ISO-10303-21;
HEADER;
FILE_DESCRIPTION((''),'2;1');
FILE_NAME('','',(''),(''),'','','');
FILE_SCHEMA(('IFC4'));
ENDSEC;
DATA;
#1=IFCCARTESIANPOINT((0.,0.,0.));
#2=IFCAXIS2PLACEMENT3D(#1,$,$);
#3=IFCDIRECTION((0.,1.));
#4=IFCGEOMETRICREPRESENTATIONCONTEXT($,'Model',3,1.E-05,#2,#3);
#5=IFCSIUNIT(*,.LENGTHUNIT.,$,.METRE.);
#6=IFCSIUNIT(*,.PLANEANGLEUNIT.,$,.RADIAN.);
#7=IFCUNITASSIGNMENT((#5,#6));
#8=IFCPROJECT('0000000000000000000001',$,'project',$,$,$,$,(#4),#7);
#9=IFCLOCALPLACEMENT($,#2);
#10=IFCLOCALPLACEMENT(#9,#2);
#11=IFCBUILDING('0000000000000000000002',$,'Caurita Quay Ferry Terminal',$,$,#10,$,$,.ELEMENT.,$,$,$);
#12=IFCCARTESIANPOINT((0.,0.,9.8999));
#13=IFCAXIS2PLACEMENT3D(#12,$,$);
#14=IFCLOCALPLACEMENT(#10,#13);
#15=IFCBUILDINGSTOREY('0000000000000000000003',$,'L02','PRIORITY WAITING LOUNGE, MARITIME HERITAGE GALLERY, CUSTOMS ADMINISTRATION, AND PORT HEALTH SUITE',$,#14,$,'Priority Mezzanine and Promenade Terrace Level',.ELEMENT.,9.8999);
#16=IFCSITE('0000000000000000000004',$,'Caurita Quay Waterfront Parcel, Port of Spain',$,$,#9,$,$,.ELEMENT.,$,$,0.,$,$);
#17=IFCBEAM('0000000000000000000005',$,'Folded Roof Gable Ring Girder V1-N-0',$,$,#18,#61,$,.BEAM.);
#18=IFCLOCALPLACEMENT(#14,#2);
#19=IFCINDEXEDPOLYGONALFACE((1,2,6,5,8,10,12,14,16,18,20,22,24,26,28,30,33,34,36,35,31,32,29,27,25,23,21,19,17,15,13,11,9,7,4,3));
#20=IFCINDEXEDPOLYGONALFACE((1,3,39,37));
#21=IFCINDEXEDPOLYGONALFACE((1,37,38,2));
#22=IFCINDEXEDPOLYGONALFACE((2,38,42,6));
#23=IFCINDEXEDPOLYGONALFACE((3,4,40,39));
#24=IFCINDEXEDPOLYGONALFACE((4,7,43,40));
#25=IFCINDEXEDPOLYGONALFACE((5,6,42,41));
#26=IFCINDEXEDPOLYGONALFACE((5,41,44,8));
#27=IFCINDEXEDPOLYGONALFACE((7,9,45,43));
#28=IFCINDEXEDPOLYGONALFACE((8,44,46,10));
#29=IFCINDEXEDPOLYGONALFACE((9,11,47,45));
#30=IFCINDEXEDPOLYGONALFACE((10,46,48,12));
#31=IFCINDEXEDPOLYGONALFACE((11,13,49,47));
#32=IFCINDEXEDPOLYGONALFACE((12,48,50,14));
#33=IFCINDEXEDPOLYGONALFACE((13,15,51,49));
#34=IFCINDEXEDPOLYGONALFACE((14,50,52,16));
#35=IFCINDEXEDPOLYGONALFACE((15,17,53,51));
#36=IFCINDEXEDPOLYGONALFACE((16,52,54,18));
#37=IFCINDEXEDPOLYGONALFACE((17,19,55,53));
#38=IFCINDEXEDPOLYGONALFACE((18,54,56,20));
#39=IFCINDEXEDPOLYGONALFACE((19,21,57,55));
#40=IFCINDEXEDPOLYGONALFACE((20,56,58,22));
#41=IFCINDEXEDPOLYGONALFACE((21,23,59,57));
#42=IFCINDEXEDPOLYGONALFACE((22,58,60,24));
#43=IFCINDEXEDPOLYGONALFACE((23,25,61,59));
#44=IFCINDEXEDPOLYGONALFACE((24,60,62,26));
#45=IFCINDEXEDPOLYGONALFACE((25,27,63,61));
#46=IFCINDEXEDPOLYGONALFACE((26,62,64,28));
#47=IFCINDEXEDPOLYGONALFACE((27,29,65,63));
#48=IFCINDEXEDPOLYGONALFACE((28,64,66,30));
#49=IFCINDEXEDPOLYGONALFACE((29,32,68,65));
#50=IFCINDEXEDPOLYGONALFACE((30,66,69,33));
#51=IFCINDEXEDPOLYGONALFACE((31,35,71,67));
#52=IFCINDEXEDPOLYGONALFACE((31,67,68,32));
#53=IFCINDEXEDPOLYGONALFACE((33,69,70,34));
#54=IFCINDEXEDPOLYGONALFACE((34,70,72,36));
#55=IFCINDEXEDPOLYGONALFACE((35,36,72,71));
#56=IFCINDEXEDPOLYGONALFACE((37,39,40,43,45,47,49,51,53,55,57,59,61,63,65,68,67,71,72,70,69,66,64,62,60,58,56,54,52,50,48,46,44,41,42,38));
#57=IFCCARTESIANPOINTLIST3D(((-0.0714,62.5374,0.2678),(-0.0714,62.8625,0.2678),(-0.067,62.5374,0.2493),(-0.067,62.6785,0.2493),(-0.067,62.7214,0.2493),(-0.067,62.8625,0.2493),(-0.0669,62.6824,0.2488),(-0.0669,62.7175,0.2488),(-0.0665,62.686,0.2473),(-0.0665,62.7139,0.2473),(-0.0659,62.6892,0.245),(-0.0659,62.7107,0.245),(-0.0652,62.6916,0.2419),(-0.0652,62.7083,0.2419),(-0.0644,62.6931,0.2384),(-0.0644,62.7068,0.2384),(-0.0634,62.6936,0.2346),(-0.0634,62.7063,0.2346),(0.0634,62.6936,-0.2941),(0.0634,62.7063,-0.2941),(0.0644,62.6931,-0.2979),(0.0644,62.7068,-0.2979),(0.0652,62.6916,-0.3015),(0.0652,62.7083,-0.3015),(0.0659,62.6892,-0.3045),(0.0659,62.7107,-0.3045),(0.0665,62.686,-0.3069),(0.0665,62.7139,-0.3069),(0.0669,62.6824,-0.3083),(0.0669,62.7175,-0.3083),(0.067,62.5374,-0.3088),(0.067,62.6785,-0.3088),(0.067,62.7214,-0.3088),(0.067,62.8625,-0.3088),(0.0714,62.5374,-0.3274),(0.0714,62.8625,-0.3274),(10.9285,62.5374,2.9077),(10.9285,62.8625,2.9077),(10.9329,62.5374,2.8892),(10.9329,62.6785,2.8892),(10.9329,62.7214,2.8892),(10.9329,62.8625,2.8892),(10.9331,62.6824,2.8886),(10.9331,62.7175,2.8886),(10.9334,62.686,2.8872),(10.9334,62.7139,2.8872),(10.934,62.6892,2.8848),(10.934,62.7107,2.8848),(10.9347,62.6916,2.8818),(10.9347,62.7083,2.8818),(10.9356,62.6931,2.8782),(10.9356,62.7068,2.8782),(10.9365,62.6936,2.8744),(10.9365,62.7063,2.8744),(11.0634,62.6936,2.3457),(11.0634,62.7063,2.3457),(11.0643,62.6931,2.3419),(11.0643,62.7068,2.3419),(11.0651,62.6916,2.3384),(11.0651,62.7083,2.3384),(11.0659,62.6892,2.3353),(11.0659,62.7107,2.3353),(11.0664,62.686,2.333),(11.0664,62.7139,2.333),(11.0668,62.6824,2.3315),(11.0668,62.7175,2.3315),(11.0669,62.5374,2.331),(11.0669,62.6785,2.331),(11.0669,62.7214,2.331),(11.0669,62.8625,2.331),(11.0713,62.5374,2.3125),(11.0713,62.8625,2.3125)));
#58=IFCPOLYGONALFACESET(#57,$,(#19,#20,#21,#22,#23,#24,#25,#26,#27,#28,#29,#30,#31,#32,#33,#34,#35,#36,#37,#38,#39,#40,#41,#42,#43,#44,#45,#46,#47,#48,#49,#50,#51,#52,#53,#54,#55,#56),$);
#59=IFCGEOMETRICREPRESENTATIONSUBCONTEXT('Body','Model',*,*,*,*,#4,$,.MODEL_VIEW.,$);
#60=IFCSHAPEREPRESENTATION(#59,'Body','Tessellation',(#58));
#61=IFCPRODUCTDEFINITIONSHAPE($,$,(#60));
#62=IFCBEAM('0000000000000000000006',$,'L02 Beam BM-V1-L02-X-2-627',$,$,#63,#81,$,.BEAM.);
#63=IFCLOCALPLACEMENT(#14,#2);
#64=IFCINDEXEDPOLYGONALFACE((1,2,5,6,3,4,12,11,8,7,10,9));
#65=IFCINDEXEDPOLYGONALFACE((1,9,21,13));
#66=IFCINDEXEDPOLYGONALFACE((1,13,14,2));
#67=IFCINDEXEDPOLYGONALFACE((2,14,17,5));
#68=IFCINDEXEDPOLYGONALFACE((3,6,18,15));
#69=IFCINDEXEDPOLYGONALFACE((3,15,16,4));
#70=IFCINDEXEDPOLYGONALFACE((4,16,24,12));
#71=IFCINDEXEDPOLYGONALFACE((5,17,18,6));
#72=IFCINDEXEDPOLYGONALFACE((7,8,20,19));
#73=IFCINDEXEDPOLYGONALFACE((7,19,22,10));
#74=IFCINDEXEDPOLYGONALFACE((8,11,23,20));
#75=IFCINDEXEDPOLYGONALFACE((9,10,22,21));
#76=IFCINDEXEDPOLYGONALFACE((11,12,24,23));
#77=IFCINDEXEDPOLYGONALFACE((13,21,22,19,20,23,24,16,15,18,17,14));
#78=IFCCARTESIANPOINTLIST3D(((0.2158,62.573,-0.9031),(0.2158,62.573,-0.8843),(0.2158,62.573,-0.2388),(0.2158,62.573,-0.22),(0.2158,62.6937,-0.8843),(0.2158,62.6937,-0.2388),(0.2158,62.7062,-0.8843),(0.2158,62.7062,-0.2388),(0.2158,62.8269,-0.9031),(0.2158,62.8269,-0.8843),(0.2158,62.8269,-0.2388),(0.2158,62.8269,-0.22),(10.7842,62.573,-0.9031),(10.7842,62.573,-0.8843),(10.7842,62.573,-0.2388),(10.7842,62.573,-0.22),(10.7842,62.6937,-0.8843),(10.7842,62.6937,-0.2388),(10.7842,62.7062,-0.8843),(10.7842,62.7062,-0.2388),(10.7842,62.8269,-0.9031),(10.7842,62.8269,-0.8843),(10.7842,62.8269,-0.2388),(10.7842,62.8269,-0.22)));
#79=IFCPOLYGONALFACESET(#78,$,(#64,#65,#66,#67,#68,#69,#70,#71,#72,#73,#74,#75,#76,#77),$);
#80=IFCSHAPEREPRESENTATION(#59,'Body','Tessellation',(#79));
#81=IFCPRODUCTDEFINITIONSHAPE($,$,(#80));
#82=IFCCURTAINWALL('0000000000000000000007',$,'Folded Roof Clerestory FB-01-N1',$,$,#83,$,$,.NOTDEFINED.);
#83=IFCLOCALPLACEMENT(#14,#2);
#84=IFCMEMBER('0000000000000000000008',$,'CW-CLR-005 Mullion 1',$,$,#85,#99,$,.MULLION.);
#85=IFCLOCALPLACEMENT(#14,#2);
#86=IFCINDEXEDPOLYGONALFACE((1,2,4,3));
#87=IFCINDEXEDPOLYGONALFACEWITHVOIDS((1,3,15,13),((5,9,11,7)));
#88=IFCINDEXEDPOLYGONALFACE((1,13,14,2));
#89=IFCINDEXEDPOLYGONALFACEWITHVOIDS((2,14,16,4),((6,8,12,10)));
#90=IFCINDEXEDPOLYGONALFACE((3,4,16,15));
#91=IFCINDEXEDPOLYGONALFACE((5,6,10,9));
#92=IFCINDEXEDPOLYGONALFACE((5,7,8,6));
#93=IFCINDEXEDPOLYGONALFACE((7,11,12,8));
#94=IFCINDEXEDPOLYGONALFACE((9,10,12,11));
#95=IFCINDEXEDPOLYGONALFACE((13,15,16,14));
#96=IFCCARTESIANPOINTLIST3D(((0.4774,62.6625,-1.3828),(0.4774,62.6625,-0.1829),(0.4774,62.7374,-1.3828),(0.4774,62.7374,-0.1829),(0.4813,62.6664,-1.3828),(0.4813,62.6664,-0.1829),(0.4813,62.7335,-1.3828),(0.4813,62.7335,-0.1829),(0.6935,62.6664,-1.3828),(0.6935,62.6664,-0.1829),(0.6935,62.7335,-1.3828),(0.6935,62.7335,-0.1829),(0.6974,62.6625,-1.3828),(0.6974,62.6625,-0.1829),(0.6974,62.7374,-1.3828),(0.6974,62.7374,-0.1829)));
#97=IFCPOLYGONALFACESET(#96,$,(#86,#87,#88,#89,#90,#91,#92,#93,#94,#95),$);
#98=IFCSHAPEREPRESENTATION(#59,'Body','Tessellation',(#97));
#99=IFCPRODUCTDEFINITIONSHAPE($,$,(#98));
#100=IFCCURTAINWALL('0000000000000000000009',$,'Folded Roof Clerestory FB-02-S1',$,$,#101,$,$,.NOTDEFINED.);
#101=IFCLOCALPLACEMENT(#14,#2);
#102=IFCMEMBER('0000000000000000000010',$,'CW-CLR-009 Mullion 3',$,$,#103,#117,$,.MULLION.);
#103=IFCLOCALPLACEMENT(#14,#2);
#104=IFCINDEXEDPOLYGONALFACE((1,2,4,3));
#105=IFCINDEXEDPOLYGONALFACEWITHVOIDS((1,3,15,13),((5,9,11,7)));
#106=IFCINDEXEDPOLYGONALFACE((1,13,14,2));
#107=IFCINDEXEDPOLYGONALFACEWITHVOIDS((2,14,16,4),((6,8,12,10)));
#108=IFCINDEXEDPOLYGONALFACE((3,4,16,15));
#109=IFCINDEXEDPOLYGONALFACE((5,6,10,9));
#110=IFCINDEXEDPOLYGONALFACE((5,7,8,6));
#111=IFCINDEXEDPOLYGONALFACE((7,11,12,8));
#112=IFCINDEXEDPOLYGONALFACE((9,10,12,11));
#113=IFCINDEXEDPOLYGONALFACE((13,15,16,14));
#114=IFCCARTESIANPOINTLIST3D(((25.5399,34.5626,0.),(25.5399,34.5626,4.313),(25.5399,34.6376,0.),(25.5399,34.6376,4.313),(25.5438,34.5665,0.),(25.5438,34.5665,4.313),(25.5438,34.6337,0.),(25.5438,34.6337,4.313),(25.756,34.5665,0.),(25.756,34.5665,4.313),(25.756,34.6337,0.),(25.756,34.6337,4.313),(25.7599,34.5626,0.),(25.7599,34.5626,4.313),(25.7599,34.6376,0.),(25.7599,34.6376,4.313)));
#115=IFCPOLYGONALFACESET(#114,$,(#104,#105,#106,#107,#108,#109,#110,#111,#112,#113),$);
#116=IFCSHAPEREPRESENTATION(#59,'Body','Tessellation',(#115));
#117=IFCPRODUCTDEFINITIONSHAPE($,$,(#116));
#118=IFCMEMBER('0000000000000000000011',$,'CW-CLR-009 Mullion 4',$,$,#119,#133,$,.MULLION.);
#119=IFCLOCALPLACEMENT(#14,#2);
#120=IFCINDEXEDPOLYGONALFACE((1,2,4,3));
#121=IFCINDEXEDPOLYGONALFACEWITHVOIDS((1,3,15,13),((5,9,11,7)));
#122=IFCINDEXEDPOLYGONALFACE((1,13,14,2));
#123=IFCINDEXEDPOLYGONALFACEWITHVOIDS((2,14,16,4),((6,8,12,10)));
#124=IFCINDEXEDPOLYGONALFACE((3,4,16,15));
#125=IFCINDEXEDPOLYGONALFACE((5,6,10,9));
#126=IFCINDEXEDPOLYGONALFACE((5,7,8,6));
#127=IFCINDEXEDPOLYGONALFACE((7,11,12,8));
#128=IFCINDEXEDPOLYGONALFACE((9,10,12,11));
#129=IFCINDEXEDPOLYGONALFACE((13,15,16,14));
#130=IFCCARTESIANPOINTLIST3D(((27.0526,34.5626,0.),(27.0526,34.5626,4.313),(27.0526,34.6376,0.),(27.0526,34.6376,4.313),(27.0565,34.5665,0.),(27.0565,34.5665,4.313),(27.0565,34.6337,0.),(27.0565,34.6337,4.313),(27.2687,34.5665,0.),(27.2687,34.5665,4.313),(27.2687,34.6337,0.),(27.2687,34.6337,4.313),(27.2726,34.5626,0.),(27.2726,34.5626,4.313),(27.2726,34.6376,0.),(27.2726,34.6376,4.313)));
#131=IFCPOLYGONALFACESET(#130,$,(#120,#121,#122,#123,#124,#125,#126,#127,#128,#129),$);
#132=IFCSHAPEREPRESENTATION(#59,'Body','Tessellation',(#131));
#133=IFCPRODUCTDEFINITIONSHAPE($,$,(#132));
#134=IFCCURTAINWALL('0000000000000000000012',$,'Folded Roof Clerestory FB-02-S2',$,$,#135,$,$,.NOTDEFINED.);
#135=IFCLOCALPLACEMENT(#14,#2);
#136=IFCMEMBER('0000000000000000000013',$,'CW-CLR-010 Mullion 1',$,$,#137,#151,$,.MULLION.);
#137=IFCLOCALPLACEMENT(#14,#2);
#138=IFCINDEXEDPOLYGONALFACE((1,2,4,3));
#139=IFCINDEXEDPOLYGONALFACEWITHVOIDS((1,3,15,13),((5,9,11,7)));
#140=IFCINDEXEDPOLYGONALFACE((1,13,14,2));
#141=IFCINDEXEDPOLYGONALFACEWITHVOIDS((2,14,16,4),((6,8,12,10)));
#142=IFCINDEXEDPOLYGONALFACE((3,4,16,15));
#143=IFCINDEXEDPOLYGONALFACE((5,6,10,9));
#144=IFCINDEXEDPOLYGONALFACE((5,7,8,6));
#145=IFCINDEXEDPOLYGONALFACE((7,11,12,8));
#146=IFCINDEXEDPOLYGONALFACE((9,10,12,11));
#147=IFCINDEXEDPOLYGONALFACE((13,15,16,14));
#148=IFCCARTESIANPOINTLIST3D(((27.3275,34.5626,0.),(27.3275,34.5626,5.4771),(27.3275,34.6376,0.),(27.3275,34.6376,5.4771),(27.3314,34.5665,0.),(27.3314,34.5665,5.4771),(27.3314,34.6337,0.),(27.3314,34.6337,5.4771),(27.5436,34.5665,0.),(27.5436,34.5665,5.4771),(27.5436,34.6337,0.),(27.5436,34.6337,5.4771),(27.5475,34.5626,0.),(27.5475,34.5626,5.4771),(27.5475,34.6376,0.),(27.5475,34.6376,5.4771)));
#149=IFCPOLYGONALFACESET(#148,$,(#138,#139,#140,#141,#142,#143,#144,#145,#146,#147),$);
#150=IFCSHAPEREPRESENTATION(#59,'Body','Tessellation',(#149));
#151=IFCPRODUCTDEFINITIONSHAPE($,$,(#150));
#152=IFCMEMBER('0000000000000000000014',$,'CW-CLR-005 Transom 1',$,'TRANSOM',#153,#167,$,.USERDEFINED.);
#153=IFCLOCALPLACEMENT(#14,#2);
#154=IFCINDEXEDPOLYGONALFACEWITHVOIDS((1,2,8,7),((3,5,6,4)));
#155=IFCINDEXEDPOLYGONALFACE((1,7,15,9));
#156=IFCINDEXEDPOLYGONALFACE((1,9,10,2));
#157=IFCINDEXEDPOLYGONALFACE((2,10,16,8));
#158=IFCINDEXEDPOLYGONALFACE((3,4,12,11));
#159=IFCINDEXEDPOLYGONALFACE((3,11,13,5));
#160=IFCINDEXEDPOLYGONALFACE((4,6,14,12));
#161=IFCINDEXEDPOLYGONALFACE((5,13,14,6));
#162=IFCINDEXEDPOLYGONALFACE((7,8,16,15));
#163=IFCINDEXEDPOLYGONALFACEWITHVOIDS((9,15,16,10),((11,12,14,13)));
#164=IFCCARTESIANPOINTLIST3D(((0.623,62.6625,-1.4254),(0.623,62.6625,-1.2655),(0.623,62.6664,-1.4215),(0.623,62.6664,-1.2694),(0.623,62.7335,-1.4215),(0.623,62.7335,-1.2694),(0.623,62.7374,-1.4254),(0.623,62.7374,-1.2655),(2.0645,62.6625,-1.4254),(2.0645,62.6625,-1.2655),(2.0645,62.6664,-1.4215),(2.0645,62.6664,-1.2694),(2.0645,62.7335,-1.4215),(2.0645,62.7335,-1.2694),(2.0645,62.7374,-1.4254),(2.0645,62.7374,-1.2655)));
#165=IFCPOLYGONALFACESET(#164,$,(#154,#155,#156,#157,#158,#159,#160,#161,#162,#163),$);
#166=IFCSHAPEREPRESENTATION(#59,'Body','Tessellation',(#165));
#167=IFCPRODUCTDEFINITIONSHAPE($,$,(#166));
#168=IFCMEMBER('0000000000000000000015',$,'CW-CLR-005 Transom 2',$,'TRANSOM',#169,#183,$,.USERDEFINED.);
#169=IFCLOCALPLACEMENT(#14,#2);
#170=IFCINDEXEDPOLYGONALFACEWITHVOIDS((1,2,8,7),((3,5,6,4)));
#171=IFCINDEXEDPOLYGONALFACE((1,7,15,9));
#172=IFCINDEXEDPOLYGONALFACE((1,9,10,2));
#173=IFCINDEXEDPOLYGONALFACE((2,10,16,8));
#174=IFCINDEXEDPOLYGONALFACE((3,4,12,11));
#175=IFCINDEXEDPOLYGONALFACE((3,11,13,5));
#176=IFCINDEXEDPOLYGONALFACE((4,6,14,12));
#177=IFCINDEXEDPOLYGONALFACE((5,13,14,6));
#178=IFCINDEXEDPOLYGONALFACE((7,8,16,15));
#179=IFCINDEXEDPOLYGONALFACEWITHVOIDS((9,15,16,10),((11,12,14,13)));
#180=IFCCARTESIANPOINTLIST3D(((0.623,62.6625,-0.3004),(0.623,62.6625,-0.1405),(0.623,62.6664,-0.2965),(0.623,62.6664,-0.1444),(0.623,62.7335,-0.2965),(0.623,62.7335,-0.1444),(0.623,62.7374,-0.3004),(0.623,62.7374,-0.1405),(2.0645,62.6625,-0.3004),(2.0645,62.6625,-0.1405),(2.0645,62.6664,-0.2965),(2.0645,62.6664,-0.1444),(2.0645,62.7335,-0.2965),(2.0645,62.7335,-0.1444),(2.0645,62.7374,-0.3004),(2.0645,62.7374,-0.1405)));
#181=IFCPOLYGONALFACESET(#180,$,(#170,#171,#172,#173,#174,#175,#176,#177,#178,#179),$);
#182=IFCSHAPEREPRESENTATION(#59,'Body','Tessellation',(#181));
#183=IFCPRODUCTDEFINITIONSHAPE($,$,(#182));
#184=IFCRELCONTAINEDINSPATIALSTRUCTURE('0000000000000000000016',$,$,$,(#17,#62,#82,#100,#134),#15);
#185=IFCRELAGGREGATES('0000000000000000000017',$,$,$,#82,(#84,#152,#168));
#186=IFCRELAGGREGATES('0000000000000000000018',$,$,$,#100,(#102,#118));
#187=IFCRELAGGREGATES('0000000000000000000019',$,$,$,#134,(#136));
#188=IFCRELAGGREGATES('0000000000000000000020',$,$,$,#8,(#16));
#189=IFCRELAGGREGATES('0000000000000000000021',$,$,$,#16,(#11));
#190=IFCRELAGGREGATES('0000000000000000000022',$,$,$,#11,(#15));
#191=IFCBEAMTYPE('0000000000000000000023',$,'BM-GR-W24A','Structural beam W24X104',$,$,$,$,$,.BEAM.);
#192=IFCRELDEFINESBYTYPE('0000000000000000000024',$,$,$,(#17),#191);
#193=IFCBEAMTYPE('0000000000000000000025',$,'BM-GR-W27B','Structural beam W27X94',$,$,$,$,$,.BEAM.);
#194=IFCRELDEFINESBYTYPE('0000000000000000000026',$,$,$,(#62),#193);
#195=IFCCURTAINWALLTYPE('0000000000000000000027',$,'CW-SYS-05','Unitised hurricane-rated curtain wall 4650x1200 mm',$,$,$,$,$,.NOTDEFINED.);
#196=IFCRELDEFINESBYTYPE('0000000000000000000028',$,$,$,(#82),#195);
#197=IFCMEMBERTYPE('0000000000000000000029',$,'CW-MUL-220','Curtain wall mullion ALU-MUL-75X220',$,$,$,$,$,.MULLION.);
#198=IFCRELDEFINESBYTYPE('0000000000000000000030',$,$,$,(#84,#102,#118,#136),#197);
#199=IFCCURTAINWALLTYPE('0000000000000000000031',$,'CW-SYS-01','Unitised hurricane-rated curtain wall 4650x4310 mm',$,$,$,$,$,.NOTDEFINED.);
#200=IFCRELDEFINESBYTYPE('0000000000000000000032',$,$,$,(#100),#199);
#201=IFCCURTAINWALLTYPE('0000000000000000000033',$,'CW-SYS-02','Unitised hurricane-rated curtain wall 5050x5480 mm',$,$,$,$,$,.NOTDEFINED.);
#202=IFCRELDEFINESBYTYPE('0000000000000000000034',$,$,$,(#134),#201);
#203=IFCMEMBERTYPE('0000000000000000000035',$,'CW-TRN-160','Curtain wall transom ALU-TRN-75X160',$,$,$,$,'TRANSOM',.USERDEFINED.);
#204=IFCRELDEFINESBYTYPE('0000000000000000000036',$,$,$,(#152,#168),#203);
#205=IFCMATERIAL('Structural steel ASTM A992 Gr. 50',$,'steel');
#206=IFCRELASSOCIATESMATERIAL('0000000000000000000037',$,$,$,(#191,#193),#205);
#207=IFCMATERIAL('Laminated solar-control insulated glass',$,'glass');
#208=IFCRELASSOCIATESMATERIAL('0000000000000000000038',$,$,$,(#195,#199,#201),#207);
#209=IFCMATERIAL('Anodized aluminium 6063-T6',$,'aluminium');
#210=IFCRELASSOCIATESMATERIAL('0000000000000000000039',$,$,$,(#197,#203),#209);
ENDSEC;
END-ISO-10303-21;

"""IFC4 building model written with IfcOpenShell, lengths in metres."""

from ifc_helpers import new_model, si_unit, direction, frame, origin, origin_2d, place, context, subcontext, project, spatial, hollow_rectangle, i_section, extrude, material, material_profile, profile_set, type_object, element, aggregate, save


model = new_model("IFC4")

# Units and contexts
model_context = context("Model", 3, precision=1e-05, world=origin(), true_north=direction((0.0, 1.0)))
body_context = subcontext(model_context, "Body", "Model", "MODEL_VIEW")
ifc_project = project(units=[si_unit("LENGTHUNIT", "METRE"), si_unit("PLANEANGLEUNIT", "RADIAN")], contexts=[model_context])

# Site, building, storey
site_placement = place(None, origin())
site = spatial("IfcSite", under=ifc_project, at=site_placement, Name="Caurita Quay Waterfront Parcel, Port of Spain", CompositionType="ELEMENT", RefElevation=0.0)
building_placement = place(site_placement, origin())
building = spatial("IfcBuilding", under=site, at=building_placement, Name="Caurita Quay Ferry Terminal", CompositionType="ELEMENT")
storey_placement = place(building_placement, frame((0.0, 0.0, 9.8999)))
storey = spatial("IfcBuildingStorey", under=building, at=storey_placement, Name="L02", Description="PRIORITY WAITING LOUNGE, MARITIME HERITAGE GALLERY, CUSTOMS ADMINISTRATION, AND PORT HEALTH SUITE", LongName="Priority Mezzanine and Promenade Terrace Level", CompositionType="ELEMENT", Elevation=9.8999)

# Shared definitions
ifc_material_1 = material(Name="Structural steel ASTM A992 Gr. 50", Category="steel")

# Beams
ifc_material_profile_1 = material_profile(ifc_material_1, i_section(OverallWidth=0.3252, OverallDepth=0.6121, WebThickness=0.0127, FlangeThickness=0.019, FilletRadius=0.0151, at=origin_2d()), Name="W24X104")
ifc_profile_set_1 = profile_set([ifc_material_profile_1], Name="Structural steel ASTM A992 Gr. 50")
beam_type_1 = type_object("IfcBeamType", Name="BM-GR-W24A", Description="Structural beam W24X104", PredefinedType="BEAM", material=ifc_profile_set_1)
beam_1_placement = place(storey_placement, frame((0.0, 62.7, -0.0298), z_axis=(0.972389, 0.0, 0.233364), x_axis=(0.0, 1.0, 0.0)))
element("IfcBeam", 1, at=beam_1_placement, inside=storey, type_object=beam_type_1, Name="Folded Roof Gable Ring Girder V1-N-0", PredefinedType="BEAM", context=body_context, shape_type="SweptSolid", body=[
    extrude(i_section(OverallWidth=0.3252, OverallDepth=0.6121, WebThickness=0.0127, FlangeThickness=0.019, FilletRadius=0.0151, at=origin_2d()), origin(), (0.0, 0.0, 1.0), 11.3123),
])
ifc_material_profile_2 = material_profile(ifc_material_1, i_section(OverallWidth=0.2539, OverallDepth=0.6831, WebThickness=0.0125, FlangeThickness=0.0188, at=origin_2d()), Name="W27X94")
ifc_profile_set_2 = profile_set([ifc_material_profile_2], Name="Structural steel ASTM A992 Gr. 50")
beam_type_2 = type_object("IfcBeamType", Name="BM-GR-W27B", Description="Structural beam W27X94", PredefinedType="BEAM", material=ifc_profile_set_2)
beam_2_placement = place(storey_placement, frame((0.2158, 62.7, -0.5615), z_axis=(1.0, 0.0, 0.0), x_axis=(0.0, 1.0, 0.0)))
element("IfcBeam", 2, at=beam_2_placement, inside=storey, type_object=beam_type_2, Name="L02 Beam BM-V1-L02-X-2-627", PredefinedType="BEAM", context=body_context, shape_type="SweptSolid", body=[
    extrude(i_section(OverallWidth=0.2539, OverallDepth=0.6831, WebThickness=0.0125, FlangeThickness=0.0188, at=origin_2d()), origin(), (0.0, 0.0, 1.0), 10.5684),
])

# Curtain wall, member
ifc_material_2 = material(Name="Laminated solar-control insulated glass", Category="glass")
curtain_wall_type_1 = type_object("IfcCurtainWallType", Name="CW-SYS-05", Description="Unitised hurricane-rated curtain wall 4650x1200 mm", PredefinedType="NOTDEFINED", material=ifc_material_2)
curtain_wall_1_placement = place(storey_placement, origin())
curtain_wall_1 = element("IfcCurtainWall", 3, at=curtain_wall_1_placement, inside=storey, type_object=curtain_wall_type_1, Name="Folded Roof Clerestory FB-01-N1", PredefinedType="NOTDEFINED")
ifc_material_3 = material(Name="Anodized aluminium 6063-T6", Category="aluminium")
ifc_material_profile_3 = material_profile(ifc_material_3, hollow_rectangle(XDim=0.075, YDim=0.22, WallThickness=0.0039, at=origin_2d()), Name="ALU-MUL-75X220")
ifc_profile_set_3 = profile_set([ifc_material_profile_3], Name="Anodized aluminium 6063-T6")
member_type_1 = type_object("IfcMemberType", Name="CW-MUL-220", Description="Curtain wall mullion ALU-MUL-75X220", PredefinedType="MULLION", material=ifc_profile_set_3)
member_1_placement = place(storey_placement, frame((0.5874, 62.7, -1.3828), z_axis=(0.0, 0.0, 1.0), x_axis=(0.0, 1.0, 0.0)))
member_1 = element("IfcMember", 4, at=member_1_placement, type_object=member_type_1, Name="CW-CLR-005 Mullion 1", PredefinedType="MULLION", context=body_context, shape_type="SweptSolid", body=[
    extrude(hollow_rectangle(XDim=0.075, YDim=0.22, WallThickness=0.0039, at=origin_2d()), origin(), (0.0, 0.0, 1.0), 1.2),
])

# Curtain wall, members
curtain_wall_type_2 = type_object("IfcCurtainWallType", Name="CW-SYS-01", Description="Unitised hurricane-rated curtain wall 4650x4310 mm", PredefinedType="NOTDEFINED", material=ifc_material_2)
curtain_wall_2_placement = place(storey_placement, origin())
curtain_wall_2 = element("IfcCurtainWall", 5, at=curtain_wall_2_placement, inside=storey, type_object=curtain_wall_type_2, Name="Folded Roof Clerestory FB-02-S1", PredefinedType="NOTDEFINED")
member_2_placement = place(storey_placement, frame((25.6499, 34.6001, 0.0), z_axis=(0.0, 0.0, 1.0), x_axis=(0.0, 1.0, 0.0)))
member_2 = element("IfcMember", 6, at=member_2_placement, type_object=member_type_1, Name="CW-CLR-009 Mullion 3", PredefinedType="MULLION", context=body_context, shape_type="SweptSolid", body=[
    extrude(hollow_rectangle(XDim=0.075, YDim=0.22, WallThickness=0.0039, at=origin_2d()), origin(), (0.0, 0.0, 1.0), 4.313),
])
member_3_placement = place(storey_placement, frame((27.1626, 34.6001, 0.0), z_axis=(0.0, 0.0, 1.0), x_axis=(0.0, 1.0, 0.0)))
member_3 = element("IfcMember", 7, at=member_3_placement, type_object=member_type_1, Name="CW-CLR-009 Mullion 4", PredefinedType="MULLION", context=body_context, shape_type="SweptSolid", body=[
    extrude(hollow_rectangle(XDim=0.075, YDim=0.22, WallThickness=0.0039, at=origin_2d()), origin(), (0.0, 0.0, 1.0), 4.313),
])

# Curtain wall, member
curtain_wall_type_3 = type_object("IfcCurtainWallType", Name="CW-SYS-02", Description="Unitised hurricane-rated curtain wall 5050x5480 mm", PredefinedType="NOTDEFINED", material=ifc_material_2)
curtain_wall_3_placement = place(storey_placement, origin())
curtain_wall_3 = element("IfcCurtainWall", 8, at=curtain_wall_3_placement, inside=storey, type_object=curtain_wall_type_3, Name="Folded Roof Clerestory FB-02-S2", PredefinedType="NOTDEFINED")
member_4_placement = place(storey_placement, frame((27.4375, 34.6001, 0.0), z_axis=(0.0, 0.0, 1.0), x_axis=(0.0, 1.0, 0.0)))
member_4 = element("IfcMember", 9, at=member_4_placement, type_object=member_type_1, Name="CW-CLR-010 Mullion 1", PredefinedType="MULLION", context=body_context, shape_type="SweptSolid", body=[
    extrude(hollow_rectangle(XDim=0.075, YDim=0.22, WallThickness=0.0039, at=origin_2d()), origin(), (0.0, 0.0, 1.0), 5.4771),
])

# Members
ifc_material_profile_4 = material_profile(ifc_material_3, hollow_rectangle(XDim=0.075, YDim=0.1599, WallThickness=0.0039, at=origin_2d()), Name="ALU-TRN-75X160")
ifc_profile_set_4 = profile_set([ifc_material_profile_4], Name="Anodized aluminium 6063-T6")
member_type_2 = type_object("IfcMemberType", Name="CW-TRN-160", Description="Curtain wall transom ALU-TRN-75X160", ElementType="TRANSOM", PredefinedType="USERDEFINED", material=ifc_profile_set_4)
member_5_placement = place(storey_placement, frame((0.623, 62.7, -1.3455), z_axis=(1.0, 0.0, 0.0), x_axis=(0.0, 1.0, 0.0)))
member_5 = element("IfcMember", 10, at=member_5_placement, type_object=member_type_2, Name="CW-CLR-005 Transom 1", ObjectType="TRANSOM", PredefinedType="USERDEFINED", context=body_context, shape_type="SweptSolid", body=[
    extrude(hollow_rectangle(XDim=0.075, YDim=0.1599, WallThickness=0.0039, at=origin_2d()), origin(), (0.0, 0.0, 1.0), 1.4414),
])
member_6_placement = place(storey_placement, frame((0.623, 62.7, -0.2205), z_axis=(1.0, 0.0, 0.0), x_axis=(0.0, 1.0, 0.0)))
member_6 = element("IfcMember", 11, at=member_6_placement, type_object=member_type_2, Name="CW-CLR-005 Transom 2", ObjectType="TRANSOM", PredefinedType="USERDEFINED", context=body_context, shape_type="SweptSolid", body=[
    extrude(hollow_rectangle(XDim=0.075, YDim=0.1599, WallThickness=0.0039, at=origin_2d()), origin(), (0.0, 0.0, 1.0), 1.4414),
])

aggregate(curtain_wall_1, [member_1, member_5, member_6])
aggregate(curtain_wall_2, [member_2, member_3])
aggregate(curtain_wall_3, [member_4])

save(model, "model.ifc")
